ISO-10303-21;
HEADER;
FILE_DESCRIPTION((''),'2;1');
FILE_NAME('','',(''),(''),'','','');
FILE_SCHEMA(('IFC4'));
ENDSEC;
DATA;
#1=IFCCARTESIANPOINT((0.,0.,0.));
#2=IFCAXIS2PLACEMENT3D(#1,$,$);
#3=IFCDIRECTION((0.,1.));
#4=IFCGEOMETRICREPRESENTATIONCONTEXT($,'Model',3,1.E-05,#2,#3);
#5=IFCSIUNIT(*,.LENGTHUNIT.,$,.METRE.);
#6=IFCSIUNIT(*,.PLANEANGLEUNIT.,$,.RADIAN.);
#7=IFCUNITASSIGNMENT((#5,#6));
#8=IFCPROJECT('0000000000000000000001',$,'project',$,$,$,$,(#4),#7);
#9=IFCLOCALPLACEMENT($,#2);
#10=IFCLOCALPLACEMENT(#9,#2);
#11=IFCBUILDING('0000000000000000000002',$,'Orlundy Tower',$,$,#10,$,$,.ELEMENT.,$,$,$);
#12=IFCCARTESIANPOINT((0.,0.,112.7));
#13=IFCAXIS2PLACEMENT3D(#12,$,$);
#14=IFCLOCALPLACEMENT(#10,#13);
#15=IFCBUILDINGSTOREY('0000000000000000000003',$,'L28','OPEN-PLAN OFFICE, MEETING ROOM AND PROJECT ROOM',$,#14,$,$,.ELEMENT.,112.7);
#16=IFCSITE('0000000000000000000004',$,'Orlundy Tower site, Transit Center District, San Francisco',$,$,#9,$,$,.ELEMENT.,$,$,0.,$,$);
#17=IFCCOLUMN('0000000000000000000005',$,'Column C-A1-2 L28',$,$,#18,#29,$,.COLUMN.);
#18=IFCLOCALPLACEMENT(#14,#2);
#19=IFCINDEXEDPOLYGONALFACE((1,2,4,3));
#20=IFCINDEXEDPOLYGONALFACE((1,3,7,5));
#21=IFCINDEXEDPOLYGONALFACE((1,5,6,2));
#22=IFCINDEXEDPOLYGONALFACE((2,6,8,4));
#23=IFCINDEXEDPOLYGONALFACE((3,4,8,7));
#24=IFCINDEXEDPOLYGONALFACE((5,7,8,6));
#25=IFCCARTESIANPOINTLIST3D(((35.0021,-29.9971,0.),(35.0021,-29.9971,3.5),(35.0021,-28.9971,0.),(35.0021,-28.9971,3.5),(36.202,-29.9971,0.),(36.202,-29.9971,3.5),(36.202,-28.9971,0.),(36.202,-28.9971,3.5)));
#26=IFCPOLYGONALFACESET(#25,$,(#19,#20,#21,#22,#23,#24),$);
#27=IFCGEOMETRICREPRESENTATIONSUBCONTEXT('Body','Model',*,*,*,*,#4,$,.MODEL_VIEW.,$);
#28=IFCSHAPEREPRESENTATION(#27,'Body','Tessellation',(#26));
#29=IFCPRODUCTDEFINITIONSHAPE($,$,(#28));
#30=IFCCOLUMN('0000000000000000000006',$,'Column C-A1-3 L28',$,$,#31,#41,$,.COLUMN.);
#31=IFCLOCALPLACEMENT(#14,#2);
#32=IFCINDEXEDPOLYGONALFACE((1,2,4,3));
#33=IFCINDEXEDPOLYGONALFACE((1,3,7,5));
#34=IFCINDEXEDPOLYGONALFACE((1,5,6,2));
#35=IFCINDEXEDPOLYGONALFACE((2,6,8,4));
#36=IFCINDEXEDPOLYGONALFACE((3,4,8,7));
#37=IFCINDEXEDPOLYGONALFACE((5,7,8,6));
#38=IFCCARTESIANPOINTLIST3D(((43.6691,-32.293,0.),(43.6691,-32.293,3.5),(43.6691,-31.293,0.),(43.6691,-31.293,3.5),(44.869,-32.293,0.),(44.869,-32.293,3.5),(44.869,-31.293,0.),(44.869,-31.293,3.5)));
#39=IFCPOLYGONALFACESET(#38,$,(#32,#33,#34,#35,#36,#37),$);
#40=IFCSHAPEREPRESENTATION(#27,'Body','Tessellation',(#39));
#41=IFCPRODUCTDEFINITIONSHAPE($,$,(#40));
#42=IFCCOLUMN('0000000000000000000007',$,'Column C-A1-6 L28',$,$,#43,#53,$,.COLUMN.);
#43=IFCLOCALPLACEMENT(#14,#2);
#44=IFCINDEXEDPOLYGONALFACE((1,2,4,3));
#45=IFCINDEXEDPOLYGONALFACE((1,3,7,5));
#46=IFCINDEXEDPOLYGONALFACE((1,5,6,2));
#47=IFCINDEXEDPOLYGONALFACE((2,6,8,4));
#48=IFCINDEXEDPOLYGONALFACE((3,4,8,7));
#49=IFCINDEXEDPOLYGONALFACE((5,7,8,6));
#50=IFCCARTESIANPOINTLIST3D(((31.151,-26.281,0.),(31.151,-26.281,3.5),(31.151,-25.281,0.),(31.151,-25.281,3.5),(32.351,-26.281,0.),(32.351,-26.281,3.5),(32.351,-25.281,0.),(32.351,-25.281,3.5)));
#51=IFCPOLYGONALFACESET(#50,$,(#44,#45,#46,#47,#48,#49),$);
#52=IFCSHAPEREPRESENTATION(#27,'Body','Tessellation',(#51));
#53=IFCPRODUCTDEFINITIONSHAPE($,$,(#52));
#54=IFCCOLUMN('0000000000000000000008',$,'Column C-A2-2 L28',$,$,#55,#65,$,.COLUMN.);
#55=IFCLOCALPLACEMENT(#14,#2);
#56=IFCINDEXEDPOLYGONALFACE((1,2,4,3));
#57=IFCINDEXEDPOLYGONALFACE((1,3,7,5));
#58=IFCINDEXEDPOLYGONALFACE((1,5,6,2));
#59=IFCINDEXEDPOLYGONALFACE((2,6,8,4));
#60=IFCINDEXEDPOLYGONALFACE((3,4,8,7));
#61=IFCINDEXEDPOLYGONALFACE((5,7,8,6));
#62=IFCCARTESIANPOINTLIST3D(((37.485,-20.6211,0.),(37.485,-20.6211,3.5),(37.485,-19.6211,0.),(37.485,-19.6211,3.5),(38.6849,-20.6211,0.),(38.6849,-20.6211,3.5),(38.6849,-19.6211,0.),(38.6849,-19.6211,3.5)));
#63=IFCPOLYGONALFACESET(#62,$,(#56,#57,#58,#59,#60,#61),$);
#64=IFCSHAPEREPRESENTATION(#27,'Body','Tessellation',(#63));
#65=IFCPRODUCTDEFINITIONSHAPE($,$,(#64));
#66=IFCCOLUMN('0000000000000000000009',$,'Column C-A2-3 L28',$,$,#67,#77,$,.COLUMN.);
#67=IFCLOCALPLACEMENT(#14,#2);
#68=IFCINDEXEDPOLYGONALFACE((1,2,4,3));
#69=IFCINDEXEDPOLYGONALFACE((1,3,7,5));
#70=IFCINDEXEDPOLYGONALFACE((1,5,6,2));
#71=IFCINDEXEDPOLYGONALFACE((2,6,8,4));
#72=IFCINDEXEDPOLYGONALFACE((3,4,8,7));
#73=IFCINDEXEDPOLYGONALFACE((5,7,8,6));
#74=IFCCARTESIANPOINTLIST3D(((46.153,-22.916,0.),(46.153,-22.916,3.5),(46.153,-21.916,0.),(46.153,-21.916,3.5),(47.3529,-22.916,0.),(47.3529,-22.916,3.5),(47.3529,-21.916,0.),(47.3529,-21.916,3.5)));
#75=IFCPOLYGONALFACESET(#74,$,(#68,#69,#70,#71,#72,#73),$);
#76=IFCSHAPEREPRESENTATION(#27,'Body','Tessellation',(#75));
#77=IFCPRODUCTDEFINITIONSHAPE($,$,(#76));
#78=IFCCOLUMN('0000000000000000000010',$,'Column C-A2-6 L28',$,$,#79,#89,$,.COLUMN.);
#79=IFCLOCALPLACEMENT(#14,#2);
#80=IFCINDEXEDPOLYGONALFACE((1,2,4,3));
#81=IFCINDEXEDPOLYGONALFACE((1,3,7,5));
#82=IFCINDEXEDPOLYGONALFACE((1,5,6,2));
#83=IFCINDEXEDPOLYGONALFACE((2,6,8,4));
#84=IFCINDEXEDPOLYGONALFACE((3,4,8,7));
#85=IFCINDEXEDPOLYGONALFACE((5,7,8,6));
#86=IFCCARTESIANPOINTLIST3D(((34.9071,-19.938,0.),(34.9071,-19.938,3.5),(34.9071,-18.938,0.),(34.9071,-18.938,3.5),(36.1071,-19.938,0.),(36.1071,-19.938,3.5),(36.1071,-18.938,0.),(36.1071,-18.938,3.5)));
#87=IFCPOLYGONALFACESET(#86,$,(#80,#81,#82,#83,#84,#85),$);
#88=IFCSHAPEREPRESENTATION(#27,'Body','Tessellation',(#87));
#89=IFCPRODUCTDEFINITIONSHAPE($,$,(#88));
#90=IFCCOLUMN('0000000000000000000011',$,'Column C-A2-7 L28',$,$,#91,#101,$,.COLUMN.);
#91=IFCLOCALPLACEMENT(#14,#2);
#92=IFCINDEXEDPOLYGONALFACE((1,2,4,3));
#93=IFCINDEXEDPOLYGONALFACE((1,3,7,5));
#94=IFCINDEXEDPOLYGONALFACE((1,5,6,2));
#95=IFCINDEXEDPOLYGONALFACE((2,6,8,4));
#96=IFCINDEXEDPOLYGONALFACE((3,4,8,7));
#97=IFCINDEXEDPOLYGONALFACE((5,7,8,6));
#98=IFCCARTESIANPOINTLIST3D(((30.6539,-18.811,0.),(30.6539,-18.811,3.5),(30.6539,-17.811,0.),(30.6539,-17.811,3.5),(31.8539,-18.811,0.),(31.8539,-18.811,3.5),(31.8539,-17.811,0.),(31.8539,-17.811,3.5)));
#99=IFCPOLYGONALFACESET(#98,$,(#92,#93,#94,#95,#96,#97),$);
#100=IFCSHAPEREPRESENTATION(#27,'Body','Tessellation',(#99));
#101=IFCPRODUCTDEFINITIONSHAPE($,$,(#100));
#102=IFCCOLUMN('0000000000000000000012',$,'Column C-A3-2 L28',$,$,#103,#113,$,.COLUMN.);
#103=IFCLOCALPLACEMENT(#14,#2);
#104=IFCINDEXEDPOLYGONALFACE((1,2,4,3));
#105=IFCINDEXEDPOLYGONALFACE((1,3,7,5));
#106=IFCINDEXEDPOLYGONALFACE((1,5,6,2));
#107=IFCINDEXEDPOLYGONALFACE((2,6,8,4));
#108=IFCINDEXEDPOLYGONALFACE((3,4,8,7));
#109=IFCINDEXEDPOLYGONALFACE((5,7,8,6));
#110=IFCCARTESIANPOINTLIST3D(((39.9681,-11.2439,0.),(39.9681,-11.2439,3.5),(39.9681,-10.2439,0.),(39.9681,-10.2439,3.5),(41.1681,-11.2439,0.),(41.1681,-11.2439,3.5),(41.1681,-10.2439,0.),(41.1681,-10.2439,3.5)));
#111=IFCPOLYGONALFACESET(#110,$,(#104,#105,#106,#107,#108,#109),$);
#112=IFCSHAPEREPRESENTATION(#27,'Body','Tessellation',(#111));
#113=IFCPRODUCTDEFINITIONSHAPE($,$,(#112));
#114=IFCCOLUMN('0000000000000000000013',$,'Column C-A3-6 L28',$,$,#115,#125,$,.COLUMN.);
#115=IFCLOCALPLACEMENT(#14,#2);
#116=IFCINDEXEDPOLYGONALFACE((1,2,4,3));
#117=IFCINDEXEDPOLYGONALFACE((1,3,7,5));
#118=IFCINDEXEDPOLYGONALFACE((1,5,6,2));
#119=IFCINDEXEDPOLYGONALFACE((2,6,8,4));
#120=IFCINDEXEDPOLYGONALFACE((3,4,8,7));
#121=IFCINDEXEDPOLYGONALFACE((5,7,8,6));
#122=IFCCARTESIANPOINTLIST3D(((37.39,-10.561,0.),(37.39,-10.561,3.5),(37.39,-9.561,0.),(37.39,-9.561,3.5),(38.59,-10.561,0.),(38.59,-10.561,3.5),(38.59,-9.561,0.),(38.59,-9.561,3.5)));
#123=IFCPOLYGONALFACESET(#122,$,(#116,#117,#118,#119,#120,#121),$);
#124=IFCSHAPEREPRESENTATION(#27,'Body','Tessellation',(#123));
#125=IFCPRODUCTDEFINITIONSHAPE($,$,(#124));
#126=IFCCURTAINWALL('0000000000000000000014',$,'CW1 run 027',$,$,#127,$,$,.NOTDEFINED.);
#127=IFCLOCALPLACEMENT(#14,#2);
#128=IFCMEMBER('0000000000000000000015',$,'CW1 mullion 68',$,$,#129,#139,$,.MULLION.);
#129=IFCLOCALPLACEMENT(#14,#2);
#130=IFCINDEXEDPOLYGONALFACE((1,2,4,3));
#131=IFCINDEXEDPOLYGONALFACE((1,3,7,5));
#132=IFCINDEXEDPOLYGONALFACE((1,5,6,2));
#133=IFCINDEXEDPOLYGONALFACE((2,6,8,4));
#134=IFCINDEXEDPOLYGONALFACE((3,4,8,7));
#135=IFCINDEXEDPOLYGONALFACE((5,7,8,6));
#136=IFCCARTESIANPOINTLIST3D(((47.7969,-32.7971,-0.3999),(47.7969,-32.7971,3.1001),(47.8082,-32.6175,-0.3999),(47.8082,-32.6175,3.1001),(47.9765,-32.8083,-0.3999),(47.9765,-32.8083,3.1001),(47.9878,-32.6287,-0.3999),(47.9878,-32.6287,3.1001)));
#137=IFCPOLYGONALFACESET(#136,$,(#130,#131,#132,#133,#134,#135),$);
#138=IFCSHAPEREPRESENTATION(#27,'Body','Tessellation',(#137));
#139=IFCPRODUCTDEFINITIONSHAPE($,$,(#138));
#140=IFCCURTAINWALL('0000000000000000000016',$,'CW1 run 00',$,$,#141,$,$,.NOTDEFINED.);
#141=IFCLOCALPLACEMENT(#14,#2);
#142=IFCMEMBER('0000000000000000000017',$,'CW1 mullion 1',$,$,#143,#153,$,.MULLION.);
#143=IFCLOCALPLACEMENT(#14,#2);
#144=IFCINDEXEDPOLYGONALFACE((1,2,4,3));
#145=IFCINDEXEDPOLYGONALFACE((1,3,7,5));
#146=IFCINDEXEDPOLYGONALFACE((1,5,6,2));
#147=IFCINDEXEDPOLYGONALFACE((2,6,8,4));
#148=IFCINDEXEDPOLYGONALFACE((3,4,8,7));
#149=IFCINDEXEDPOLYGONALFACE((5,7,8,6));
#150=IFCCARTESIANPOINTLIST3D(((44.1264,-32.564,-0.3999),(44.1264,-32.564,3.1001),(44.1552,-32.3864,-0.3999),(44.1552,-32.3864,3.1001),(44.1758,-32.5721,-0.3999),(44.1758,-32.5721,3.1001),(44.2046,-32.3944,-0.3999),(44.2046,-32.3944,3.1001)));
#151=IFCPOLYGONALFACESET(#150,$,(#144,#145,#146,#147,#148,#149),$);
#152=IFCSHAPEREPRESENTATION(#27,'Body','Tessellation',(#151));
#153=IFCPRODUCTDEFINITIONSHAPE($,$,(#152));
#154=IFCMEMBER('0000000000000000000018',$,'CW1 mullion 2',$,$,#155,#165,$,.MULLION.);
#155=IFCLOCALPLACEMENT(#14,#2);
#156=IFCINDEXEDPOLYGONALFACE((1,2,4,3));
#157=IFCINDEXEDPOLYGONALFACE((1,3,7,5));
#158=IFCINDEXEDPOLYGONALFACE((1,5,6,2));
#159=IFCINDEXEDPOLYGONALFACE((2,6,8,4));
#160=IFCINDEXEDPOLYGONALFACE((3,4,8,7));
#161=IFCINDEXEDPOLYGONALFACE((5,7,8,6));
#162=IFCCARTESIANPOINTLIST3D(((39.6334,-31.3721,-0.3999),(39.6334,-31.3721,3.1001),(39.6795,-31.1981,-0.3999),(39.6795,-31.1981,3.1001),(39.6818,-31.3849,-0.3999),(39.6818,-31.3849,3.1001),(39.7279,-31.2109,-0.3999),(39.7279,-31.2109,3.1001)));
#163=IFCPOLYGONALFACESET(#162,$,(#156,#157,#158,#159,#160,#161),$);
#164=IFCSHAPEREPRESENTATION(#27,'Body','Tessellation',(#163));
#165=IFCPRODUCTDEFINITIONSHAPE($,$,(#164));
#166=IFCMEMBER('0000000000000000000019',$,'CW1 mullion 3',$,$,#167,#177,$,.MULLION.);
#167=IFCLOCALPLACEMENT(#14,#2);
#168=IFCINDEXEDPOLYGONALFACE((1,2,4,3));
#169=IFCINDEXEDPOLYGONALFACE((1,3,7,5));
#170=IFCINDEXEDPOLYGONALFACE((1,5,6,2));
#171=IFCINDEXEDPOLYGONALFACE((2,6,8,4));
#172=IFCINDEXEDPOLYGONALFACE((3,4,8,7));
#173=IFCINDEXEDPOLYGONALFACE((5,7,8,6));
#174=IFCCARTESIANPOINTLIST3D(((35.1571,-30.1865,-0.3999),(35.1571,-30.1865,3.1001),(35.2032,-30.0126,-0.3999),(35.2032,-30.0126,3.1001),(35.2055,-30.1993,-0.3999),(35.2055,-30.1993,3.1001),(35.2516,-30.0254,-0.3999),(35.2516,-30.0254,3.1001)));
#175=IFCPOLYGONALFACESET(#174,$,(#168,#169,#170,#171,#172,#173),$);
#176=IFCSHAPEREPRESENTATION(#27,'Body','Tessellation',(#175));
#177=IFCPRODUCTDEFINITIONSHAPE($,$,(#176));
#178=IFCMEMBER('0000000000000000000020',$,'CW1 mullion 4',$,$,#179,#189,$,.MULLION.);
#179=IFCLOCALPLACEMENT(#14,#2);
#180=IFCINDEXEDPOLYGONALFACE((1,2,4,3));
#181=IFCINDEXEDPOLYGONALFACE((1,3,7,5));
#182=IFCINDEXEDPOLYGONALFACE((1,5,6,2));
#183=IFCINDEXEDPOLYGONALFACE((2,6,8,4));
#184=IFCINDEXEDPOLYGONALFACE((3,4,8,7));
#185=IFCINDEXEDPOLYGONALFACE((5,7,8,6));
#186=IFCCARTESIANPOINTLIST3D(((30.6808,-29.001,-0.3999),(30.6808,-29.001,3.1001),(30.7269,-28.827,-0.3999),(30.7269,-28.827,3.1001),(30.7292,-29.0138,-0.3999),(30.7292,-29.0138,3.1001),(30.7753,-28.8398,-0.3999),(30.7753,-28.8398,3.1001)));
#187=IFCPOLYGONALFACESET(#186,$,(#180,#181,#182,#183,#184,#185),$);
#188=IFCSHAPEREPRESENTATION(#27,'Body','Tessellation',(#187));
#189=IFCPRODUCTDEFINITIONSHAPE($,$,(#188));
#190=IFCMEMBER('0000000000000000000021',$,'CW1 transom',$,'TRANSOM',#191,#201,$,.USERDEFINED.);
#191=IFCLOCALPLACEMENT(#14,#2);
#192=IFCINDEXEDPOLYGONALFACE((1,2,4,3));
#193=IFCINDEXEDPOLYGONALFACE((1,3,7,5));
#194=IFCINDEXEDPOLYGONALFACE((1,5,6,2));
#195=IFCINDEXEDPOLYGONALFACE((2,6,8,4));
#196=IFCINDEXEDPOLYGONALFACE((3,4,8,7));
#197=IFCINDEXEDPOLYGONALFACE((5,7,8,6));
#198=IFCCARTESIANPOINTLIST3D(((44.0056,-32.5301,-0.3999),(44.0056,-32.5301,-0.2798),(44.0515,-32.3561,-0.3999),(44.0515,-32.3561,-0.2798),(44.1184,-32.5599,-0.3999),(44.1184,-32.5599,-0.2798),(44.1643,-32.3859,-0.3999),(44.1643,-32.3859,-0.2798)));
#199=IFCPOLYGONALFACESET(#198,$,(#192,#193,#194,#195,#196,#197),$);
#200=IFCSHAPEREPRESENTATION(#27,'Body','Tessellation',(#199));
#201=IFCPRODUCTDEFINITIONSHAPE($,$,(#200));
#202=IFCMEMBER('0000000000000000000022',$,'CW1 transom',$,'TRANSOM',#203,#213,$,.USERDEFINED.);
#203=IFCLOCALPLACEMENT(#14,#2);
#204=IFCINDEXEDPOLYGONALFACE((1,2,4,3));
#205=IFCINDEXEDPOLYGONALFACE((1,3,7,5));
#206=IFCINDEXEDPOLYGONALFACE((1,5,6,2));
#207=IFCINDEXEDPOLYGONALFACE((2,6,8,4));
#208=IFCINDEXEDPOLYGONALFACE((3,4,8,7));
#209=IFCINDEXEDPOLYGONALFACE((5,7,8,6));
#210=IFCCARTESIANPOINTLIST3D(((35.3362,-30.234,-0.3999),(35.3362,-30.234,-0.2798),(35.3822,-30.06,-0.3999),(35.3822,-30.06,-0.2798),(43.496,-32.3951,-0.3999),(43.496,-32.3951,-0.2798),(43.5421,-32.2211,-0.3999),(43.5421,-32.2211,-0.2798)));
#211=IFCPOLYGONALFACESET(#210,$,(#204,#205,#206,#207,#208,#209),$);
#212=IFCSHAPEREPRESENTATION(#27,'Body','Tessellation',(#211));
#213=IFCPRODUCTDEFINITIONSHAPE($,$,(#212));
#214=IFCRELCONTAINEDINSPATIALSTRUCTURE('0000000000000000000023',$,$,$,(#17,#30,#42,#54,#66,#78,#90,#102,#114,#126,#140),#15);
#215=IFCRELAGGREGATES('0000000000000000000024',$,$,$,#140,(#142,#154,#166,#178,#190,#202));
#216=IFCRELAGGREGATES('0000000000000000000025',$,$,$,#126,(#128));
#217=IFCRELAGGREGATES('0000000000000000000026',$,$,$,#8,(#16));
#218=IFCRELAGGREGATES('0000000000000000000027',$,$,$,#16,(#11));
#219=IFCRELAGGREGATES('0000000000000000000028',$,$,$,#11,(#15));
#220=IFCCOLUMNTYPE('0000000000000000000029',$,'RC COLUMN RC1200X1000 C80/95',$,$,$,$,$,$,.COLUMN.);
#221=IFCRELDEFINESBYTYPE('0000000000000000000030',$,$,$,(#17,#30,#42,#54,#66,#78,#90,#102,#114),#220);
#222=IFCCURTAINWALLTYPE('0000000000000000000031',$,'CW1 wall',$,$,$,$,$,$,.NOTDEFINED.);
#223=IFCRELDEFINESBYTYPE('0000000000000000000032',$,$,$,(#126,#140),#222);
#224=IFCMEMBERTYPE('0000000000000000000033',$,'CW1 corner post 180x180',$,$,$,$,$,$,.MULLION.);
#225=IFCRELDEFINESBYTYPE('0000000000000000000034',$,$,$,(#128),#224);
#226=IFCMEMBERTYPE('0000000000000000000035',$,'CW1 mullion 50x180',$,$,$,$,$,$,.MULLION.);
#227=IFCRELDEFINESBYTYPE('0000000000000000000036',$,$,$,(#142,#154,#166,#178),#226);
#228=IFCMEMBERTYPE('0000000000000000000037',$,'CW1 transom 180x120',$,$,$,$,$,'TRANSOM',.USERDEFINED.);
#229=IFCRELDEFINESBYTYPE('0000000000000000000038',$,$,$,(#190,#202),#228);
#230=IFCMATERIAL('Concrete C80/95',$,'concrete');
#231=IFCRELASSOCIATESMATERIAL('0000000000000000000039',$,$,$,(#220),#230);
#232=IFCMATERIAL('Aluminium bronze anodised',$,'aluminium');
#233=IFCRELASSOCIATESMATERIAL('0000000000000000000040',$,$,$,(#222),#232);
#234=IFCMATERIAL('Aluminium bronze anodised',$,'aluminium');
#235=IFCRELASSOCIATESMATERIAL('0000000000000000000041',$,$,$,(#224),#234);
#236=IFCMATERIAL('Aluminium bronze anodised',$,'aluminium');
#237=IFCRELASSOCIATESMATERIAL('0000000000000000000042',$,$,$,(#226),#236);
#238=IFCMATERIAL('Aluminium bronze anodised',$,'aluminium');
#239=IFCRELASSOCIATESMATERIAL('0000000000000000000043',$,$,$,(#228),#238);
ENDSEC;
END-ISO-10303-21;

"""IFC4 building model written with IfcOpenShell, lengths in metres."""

from ifc_helpers import new_model, si_unit, direction, frame, origin, origin_2d, place, context, subcontext, project, spatial, rectangle, extrude, material, material_profile, profile_set, type_object, element, aggregate, save


model = new_model("IFC4")

# Units and contexts
model_context = context("Model", 3, precision=1e-05, world=origin(), true_north=direction((0.0, 1.0)))
body_context = subcontext(model_context, "Body", "Model", "MODEL_VIEW")
ifc_project = project(units=[si_unit("LENGTHUNIT", "METRE"), si_unit("PLANEANGLEUNIT", "RADIAN")], contexts=[model_context])

# Site, building, storey
site_placement = place(None, origin())
site = spatial("IfcSite", under=ifc_project, at=site_placement, Name="Orlundy Tower site, Transit Center District, San Francisco", CompositionType="ELEMENT", RefElevation=0.0)
building_placement = place(site_placement, origin())
building = spatial("IfcBuilding", under=site, at=building_placement, Name="Orlundy Tower", CompositionType="ELEMENT")
storey_placement = place(building_placement, frame((0.0, 0.0, 112.7)))
storey = spatial("IfcBuildingStorey", under=building, at=storey_placement, Name="L28", Description="OPEN-PLAN OFFICE, MEETING ROOM AND PROJECT ROOM", CompositionType="ELEMENT", Elevation=112.7)

# Columns
ifc_material_1 = material(Name="Concrete C80/95", Category="concrete")
ifc_material_profile_1 = material_profile(ifc_material_1, rectangle(XDim=1.2, YDim=1.0, at=origin_2d()), Name="RC1200X1000")
ifc_profile_set_1 = profile_set([ifc_material_profile_1], Name="Concrete C80/95")
column_type = type_object("IfcColumnType", Name="RC COLUMN RC1200X1000 C80/95", PredefinedType="COLUMN", material=ifc_profile_set_1)
for number, where, z_axis, x_axis, name in (
    (1, (35.6021, -29.4971, 0.0), (0.0, 0.0, 1.0), (1.0, 0.0, 0.0), "Column C-A1-2 L28"),
    (2, (44.269, -31.793, 0.0), (0.0, 0.0, 1.0), (1.0, 0.0, 0.0), "Column C-A1-3 L28"),
    (3, (31.751, -25.781, 0.0), (0.0, 0.0, 1.0), (1.0, 0.0, 0.0), "Column C-A1-6 L28"),
    (4, (38.085, -20.1211, 0.0), (0.0, 0.0, 1.0), (1.0, 0.0, 0.0), "Column C-A2-2 L28"),
    (5, (46.7529, -22.416, 0.0), (0.0, 0.0, 1.0), (1.0, 0.0, 0.0), "Column C-A2-3 L28"),
    (6, (35.5071, -19.438, 0.0), (0.0, 0.0, 1.0), (1.0, 0.0, 0.0), "Column C-A2-6 L28"),
    (7, (31.2539, -18.311, 0.0), (0.0, 0.0, 1.0), (1.0, 0.0, 0.0), "Column C-A2-7 L28"),
    (8, (40.5681, -10.7439, 0.0), (0.0, 0.0, 1.0), (1.0, 0.0, 0.0), "Column C-A3-2 L28"),
    (9, (37.99, -10.061, 0.0), (0.0, 0.0, 1.0), (1.0, 0.0, 0.0), "Column C-A3-6 L28"),
):
    element("IfcColumn", number, at=place(storey_placement, frame(where, z_axis=z_axis, x_axis=x_axis)), inside=storey, type_object=column_type, Name=name, PredefinedType="COLUMN", context=body_context, shape_type="SweptSolid", body=[
        extrude(rectangle(XDim=1.2, YDim=1.0, at=origin_2d()), origin(), (0.0, 0.0, 1.0), 3.5),
    ])

# Curtain wall, member
ifc_material_2 = material(Name="Aluminium bronze anodised", Category="aluminium")
curtain_wall_type = type_object("IfcCurtainWallType", Name="CW1 wall", PredefinedType="NOTDEFINED", material=ifc_material_2)
curtain_wall_1_placement = place(storey_placement, origin())
curtain_wall_1 = element("IfcCurtainWall", 10, at=curtain_wall_1_placement, inside=storey, type_object=curtain_wall_type, Name="CW1 run 027", PredefinedType="NOTDEFINED")
ifc_material_3 = material(Name="Aluminium bronze anodised", Category="aluminium")
ifc_material_profile_2 = material_profile(ifc_material_3, rectangle(XDim=0.1799, YDim=0.1799, at=origin_2d()), Name="CW1 corner post 180x180")
ifc_profile_set_2 = profile_set([ifc_material_profile_2], Name="Aluminium bronze anodised")
member_type_1 = type_object("IfcMemberType", Name="CW1 corner post 180x180", PredefinedType="MULLION", material=ifc_profile_set_2)
member_1_placement = place(storey_placement, frame((47.8923, -32.7129, -0.3999), z_axis=(0.0, 0.0, 1.0), x_axis=(-0.06258, -0.99804, 0.0)))
member_1 = element("IfcMember", 11, at=member_1_placement, type_object=member_type_1, Name="CW1 mullion 68", PredefinedType="MULLION", context=body_context, shape_type="SweptSolid", body=[
    extrude(rectangle(XDim=0.1799, YDim=0.1799, at=origin_2d()), origin(), (0.0, 0.0, 1.0), 3.5),
])

# Curtain wall, members
curtain_wall_2_placement = place(storey_placement, origin())
curtain_wall_2 = element("IfcCurtainWall", 12, at=curtain_wall_2_placement, inside=storey, type_object=curtain_wall_type, Name="CW1 run 00", PredefinedType="NOTDEFINED")
ifc_material_4 = material(Name="Aluminium bronze anodised", Category="aluminium")
ifc_material_profile_3 = material_profile(ifc_material_4, rectangle(XDim=0.1799, YDim=0.05, at=origin_2d()), Name="CW1 mullion 50x180")
ifc_profile_set_3 = profile_set([ifc_material_profile_3], Name="Aluminium bronze anodised")
member_type_2 = type_object("IfcMemberType", Name="CW1 mullion 50x180", PredefinedType="MULLION", material=ifc_profile_set_3)
member_2_placement = place(storey_placement, frame((44.1655, -32.4792, -0.3999), z_axis=(0.0, 0.0, 1.0), x_axis=(-0.160066, -0.987106, 0.0)))
member_2 = element("IfcMember", 13, at=member_2_placement, type_object=member_type_2, Name="CW1 mullion 1", PredefinedType="MULLION", context=body_context, shape_type="SweptSolid", body=[
    extrude(rectangle(XDim=0.1799, YDim=0.05, at=origin_2d()), origin(), (0.0, 0.0, 1.0), 3.5),
])
member_3_placement = place(storey_placement, frame((39.6807, -31.2915, -0.3999), z_axis=(0.0, 0.0, 1.0), x_axis=(-0.256011, -0.966674, 0.0)))
member_3 = element("IfcMember", 14, at=member_3_placement, type_object=member_type_2, Name="CW1 mullion 2", PredefinedType="MULLION", context=body_context, shape_type="SweptSolid", body=[
    extrude(rectangle(XDim=0.1799, YDim=0.05, at=origin_2d()), origin(), (0.0, 0.0, 1.0), 3.5),
])
member_4_placement = place(storey_placement, frame((35.2043, -30.106, -0.3999), z_axis=(0.0, 0.0, 1.0), x_axis=(-0.256011, -0.966674, 0.0)))
member_4 = element("IfcMember", 15, at=member_4_placement, type_object=member_type_2, Name="CW1 mullion 3", PredefinedType="MULLION", context=body_context, shape_type="SweptSolid", body=[
    extrude(rectangle(XDim=0.1799, YDim=0.05, at=origin_2d()), origin(), (0.0, 0.0, 1.0), 3.5),
])
member_5_placement = place(storey_placement, frame((30.728, -28.9204, -0.3999), z_axis=(0.0, 0.0, 1.0), x_axis=(-0.256011, -0.966674, 0.0)))
member_5 = element("IfcMember", 16, at=member_5_placement, type_object=member_type_2, Name="CW1 mullion 4", PredefinedType="MULLION", context=body_context, shape_type="SweptSolid", body=[
    extrude(rectangle(XDim=0.1799, YDim=0.05, at=origin_2d()), origin(), (0.0, 0.0, 1.0), 3.5),
])
ifc_material_5 = material(Name="Aluminium bronze anodised", Category="aluminium")
ifc_material_profile_4 = material_profile(ifc_material_5, rectangle(XDim=0.1799, YDim=0.1201, at=origin_2d()), Name="CW1 transom 180x120")
ifc_profile_set_4 = profile_set([ifc_material_profile_4], Name="Aluminium bronze anodised")
member_type_3 = type_object("IfcMemberType", Name="CW1 transom 180x120", ElementType="TRANSOM", PredefinedType="USERDEFINED", material=ifc_profile_set_4)
member_6_placement = place(storey_placement, frame((44.1414, -32.4729, -0.3398), z_axis=(-0.966857, 0.255317, 0.0), x_axis=(-0.255317, -0.966857, 0.0)))
member_6 = element("IfcMember", 17, at=member_6_placement, type_object=member_type_3, Name="CW1 transom", ObjectType="TRANSOM", PredefinedType="USERDEFINED", context=body_context, shape_type="SweptSolid", body=[
    extrude(rectangle(XDim=0.1799, YDim=0.1201, at=origin_2d()), origin(), (0.0, 0.0, 1.0), 0.1167),
])
member_7_placement = place(storey_placement, frame((43.519, -32.3081, -0.3398), z_axis=(-0.966671, 0.256021, 0.0), x_axis=(-0.256021, -0.966671, 0.0)))
member_7 = element("IfcMember", 18, at=member_7_placement, type_object=member_type_3, Name="CW1 transom", ObjectType="TRANSOM", PredefinedType="USERDEFINED", context=body_context, shape_type="SweptSolid", body=[
    extrude(rectangle(XDim=0.1799, YDim=0.1201, at=origin_2d()), origin(), (0.0, 0.0, 1.0), 8.4412),
])

aggregate(curtain_wall_2, [member_2, member_3, member_4, member_5, member_6, member_7])
aggregate(curtain_wall_1, [member_1])

save(model, "model.ifc")
